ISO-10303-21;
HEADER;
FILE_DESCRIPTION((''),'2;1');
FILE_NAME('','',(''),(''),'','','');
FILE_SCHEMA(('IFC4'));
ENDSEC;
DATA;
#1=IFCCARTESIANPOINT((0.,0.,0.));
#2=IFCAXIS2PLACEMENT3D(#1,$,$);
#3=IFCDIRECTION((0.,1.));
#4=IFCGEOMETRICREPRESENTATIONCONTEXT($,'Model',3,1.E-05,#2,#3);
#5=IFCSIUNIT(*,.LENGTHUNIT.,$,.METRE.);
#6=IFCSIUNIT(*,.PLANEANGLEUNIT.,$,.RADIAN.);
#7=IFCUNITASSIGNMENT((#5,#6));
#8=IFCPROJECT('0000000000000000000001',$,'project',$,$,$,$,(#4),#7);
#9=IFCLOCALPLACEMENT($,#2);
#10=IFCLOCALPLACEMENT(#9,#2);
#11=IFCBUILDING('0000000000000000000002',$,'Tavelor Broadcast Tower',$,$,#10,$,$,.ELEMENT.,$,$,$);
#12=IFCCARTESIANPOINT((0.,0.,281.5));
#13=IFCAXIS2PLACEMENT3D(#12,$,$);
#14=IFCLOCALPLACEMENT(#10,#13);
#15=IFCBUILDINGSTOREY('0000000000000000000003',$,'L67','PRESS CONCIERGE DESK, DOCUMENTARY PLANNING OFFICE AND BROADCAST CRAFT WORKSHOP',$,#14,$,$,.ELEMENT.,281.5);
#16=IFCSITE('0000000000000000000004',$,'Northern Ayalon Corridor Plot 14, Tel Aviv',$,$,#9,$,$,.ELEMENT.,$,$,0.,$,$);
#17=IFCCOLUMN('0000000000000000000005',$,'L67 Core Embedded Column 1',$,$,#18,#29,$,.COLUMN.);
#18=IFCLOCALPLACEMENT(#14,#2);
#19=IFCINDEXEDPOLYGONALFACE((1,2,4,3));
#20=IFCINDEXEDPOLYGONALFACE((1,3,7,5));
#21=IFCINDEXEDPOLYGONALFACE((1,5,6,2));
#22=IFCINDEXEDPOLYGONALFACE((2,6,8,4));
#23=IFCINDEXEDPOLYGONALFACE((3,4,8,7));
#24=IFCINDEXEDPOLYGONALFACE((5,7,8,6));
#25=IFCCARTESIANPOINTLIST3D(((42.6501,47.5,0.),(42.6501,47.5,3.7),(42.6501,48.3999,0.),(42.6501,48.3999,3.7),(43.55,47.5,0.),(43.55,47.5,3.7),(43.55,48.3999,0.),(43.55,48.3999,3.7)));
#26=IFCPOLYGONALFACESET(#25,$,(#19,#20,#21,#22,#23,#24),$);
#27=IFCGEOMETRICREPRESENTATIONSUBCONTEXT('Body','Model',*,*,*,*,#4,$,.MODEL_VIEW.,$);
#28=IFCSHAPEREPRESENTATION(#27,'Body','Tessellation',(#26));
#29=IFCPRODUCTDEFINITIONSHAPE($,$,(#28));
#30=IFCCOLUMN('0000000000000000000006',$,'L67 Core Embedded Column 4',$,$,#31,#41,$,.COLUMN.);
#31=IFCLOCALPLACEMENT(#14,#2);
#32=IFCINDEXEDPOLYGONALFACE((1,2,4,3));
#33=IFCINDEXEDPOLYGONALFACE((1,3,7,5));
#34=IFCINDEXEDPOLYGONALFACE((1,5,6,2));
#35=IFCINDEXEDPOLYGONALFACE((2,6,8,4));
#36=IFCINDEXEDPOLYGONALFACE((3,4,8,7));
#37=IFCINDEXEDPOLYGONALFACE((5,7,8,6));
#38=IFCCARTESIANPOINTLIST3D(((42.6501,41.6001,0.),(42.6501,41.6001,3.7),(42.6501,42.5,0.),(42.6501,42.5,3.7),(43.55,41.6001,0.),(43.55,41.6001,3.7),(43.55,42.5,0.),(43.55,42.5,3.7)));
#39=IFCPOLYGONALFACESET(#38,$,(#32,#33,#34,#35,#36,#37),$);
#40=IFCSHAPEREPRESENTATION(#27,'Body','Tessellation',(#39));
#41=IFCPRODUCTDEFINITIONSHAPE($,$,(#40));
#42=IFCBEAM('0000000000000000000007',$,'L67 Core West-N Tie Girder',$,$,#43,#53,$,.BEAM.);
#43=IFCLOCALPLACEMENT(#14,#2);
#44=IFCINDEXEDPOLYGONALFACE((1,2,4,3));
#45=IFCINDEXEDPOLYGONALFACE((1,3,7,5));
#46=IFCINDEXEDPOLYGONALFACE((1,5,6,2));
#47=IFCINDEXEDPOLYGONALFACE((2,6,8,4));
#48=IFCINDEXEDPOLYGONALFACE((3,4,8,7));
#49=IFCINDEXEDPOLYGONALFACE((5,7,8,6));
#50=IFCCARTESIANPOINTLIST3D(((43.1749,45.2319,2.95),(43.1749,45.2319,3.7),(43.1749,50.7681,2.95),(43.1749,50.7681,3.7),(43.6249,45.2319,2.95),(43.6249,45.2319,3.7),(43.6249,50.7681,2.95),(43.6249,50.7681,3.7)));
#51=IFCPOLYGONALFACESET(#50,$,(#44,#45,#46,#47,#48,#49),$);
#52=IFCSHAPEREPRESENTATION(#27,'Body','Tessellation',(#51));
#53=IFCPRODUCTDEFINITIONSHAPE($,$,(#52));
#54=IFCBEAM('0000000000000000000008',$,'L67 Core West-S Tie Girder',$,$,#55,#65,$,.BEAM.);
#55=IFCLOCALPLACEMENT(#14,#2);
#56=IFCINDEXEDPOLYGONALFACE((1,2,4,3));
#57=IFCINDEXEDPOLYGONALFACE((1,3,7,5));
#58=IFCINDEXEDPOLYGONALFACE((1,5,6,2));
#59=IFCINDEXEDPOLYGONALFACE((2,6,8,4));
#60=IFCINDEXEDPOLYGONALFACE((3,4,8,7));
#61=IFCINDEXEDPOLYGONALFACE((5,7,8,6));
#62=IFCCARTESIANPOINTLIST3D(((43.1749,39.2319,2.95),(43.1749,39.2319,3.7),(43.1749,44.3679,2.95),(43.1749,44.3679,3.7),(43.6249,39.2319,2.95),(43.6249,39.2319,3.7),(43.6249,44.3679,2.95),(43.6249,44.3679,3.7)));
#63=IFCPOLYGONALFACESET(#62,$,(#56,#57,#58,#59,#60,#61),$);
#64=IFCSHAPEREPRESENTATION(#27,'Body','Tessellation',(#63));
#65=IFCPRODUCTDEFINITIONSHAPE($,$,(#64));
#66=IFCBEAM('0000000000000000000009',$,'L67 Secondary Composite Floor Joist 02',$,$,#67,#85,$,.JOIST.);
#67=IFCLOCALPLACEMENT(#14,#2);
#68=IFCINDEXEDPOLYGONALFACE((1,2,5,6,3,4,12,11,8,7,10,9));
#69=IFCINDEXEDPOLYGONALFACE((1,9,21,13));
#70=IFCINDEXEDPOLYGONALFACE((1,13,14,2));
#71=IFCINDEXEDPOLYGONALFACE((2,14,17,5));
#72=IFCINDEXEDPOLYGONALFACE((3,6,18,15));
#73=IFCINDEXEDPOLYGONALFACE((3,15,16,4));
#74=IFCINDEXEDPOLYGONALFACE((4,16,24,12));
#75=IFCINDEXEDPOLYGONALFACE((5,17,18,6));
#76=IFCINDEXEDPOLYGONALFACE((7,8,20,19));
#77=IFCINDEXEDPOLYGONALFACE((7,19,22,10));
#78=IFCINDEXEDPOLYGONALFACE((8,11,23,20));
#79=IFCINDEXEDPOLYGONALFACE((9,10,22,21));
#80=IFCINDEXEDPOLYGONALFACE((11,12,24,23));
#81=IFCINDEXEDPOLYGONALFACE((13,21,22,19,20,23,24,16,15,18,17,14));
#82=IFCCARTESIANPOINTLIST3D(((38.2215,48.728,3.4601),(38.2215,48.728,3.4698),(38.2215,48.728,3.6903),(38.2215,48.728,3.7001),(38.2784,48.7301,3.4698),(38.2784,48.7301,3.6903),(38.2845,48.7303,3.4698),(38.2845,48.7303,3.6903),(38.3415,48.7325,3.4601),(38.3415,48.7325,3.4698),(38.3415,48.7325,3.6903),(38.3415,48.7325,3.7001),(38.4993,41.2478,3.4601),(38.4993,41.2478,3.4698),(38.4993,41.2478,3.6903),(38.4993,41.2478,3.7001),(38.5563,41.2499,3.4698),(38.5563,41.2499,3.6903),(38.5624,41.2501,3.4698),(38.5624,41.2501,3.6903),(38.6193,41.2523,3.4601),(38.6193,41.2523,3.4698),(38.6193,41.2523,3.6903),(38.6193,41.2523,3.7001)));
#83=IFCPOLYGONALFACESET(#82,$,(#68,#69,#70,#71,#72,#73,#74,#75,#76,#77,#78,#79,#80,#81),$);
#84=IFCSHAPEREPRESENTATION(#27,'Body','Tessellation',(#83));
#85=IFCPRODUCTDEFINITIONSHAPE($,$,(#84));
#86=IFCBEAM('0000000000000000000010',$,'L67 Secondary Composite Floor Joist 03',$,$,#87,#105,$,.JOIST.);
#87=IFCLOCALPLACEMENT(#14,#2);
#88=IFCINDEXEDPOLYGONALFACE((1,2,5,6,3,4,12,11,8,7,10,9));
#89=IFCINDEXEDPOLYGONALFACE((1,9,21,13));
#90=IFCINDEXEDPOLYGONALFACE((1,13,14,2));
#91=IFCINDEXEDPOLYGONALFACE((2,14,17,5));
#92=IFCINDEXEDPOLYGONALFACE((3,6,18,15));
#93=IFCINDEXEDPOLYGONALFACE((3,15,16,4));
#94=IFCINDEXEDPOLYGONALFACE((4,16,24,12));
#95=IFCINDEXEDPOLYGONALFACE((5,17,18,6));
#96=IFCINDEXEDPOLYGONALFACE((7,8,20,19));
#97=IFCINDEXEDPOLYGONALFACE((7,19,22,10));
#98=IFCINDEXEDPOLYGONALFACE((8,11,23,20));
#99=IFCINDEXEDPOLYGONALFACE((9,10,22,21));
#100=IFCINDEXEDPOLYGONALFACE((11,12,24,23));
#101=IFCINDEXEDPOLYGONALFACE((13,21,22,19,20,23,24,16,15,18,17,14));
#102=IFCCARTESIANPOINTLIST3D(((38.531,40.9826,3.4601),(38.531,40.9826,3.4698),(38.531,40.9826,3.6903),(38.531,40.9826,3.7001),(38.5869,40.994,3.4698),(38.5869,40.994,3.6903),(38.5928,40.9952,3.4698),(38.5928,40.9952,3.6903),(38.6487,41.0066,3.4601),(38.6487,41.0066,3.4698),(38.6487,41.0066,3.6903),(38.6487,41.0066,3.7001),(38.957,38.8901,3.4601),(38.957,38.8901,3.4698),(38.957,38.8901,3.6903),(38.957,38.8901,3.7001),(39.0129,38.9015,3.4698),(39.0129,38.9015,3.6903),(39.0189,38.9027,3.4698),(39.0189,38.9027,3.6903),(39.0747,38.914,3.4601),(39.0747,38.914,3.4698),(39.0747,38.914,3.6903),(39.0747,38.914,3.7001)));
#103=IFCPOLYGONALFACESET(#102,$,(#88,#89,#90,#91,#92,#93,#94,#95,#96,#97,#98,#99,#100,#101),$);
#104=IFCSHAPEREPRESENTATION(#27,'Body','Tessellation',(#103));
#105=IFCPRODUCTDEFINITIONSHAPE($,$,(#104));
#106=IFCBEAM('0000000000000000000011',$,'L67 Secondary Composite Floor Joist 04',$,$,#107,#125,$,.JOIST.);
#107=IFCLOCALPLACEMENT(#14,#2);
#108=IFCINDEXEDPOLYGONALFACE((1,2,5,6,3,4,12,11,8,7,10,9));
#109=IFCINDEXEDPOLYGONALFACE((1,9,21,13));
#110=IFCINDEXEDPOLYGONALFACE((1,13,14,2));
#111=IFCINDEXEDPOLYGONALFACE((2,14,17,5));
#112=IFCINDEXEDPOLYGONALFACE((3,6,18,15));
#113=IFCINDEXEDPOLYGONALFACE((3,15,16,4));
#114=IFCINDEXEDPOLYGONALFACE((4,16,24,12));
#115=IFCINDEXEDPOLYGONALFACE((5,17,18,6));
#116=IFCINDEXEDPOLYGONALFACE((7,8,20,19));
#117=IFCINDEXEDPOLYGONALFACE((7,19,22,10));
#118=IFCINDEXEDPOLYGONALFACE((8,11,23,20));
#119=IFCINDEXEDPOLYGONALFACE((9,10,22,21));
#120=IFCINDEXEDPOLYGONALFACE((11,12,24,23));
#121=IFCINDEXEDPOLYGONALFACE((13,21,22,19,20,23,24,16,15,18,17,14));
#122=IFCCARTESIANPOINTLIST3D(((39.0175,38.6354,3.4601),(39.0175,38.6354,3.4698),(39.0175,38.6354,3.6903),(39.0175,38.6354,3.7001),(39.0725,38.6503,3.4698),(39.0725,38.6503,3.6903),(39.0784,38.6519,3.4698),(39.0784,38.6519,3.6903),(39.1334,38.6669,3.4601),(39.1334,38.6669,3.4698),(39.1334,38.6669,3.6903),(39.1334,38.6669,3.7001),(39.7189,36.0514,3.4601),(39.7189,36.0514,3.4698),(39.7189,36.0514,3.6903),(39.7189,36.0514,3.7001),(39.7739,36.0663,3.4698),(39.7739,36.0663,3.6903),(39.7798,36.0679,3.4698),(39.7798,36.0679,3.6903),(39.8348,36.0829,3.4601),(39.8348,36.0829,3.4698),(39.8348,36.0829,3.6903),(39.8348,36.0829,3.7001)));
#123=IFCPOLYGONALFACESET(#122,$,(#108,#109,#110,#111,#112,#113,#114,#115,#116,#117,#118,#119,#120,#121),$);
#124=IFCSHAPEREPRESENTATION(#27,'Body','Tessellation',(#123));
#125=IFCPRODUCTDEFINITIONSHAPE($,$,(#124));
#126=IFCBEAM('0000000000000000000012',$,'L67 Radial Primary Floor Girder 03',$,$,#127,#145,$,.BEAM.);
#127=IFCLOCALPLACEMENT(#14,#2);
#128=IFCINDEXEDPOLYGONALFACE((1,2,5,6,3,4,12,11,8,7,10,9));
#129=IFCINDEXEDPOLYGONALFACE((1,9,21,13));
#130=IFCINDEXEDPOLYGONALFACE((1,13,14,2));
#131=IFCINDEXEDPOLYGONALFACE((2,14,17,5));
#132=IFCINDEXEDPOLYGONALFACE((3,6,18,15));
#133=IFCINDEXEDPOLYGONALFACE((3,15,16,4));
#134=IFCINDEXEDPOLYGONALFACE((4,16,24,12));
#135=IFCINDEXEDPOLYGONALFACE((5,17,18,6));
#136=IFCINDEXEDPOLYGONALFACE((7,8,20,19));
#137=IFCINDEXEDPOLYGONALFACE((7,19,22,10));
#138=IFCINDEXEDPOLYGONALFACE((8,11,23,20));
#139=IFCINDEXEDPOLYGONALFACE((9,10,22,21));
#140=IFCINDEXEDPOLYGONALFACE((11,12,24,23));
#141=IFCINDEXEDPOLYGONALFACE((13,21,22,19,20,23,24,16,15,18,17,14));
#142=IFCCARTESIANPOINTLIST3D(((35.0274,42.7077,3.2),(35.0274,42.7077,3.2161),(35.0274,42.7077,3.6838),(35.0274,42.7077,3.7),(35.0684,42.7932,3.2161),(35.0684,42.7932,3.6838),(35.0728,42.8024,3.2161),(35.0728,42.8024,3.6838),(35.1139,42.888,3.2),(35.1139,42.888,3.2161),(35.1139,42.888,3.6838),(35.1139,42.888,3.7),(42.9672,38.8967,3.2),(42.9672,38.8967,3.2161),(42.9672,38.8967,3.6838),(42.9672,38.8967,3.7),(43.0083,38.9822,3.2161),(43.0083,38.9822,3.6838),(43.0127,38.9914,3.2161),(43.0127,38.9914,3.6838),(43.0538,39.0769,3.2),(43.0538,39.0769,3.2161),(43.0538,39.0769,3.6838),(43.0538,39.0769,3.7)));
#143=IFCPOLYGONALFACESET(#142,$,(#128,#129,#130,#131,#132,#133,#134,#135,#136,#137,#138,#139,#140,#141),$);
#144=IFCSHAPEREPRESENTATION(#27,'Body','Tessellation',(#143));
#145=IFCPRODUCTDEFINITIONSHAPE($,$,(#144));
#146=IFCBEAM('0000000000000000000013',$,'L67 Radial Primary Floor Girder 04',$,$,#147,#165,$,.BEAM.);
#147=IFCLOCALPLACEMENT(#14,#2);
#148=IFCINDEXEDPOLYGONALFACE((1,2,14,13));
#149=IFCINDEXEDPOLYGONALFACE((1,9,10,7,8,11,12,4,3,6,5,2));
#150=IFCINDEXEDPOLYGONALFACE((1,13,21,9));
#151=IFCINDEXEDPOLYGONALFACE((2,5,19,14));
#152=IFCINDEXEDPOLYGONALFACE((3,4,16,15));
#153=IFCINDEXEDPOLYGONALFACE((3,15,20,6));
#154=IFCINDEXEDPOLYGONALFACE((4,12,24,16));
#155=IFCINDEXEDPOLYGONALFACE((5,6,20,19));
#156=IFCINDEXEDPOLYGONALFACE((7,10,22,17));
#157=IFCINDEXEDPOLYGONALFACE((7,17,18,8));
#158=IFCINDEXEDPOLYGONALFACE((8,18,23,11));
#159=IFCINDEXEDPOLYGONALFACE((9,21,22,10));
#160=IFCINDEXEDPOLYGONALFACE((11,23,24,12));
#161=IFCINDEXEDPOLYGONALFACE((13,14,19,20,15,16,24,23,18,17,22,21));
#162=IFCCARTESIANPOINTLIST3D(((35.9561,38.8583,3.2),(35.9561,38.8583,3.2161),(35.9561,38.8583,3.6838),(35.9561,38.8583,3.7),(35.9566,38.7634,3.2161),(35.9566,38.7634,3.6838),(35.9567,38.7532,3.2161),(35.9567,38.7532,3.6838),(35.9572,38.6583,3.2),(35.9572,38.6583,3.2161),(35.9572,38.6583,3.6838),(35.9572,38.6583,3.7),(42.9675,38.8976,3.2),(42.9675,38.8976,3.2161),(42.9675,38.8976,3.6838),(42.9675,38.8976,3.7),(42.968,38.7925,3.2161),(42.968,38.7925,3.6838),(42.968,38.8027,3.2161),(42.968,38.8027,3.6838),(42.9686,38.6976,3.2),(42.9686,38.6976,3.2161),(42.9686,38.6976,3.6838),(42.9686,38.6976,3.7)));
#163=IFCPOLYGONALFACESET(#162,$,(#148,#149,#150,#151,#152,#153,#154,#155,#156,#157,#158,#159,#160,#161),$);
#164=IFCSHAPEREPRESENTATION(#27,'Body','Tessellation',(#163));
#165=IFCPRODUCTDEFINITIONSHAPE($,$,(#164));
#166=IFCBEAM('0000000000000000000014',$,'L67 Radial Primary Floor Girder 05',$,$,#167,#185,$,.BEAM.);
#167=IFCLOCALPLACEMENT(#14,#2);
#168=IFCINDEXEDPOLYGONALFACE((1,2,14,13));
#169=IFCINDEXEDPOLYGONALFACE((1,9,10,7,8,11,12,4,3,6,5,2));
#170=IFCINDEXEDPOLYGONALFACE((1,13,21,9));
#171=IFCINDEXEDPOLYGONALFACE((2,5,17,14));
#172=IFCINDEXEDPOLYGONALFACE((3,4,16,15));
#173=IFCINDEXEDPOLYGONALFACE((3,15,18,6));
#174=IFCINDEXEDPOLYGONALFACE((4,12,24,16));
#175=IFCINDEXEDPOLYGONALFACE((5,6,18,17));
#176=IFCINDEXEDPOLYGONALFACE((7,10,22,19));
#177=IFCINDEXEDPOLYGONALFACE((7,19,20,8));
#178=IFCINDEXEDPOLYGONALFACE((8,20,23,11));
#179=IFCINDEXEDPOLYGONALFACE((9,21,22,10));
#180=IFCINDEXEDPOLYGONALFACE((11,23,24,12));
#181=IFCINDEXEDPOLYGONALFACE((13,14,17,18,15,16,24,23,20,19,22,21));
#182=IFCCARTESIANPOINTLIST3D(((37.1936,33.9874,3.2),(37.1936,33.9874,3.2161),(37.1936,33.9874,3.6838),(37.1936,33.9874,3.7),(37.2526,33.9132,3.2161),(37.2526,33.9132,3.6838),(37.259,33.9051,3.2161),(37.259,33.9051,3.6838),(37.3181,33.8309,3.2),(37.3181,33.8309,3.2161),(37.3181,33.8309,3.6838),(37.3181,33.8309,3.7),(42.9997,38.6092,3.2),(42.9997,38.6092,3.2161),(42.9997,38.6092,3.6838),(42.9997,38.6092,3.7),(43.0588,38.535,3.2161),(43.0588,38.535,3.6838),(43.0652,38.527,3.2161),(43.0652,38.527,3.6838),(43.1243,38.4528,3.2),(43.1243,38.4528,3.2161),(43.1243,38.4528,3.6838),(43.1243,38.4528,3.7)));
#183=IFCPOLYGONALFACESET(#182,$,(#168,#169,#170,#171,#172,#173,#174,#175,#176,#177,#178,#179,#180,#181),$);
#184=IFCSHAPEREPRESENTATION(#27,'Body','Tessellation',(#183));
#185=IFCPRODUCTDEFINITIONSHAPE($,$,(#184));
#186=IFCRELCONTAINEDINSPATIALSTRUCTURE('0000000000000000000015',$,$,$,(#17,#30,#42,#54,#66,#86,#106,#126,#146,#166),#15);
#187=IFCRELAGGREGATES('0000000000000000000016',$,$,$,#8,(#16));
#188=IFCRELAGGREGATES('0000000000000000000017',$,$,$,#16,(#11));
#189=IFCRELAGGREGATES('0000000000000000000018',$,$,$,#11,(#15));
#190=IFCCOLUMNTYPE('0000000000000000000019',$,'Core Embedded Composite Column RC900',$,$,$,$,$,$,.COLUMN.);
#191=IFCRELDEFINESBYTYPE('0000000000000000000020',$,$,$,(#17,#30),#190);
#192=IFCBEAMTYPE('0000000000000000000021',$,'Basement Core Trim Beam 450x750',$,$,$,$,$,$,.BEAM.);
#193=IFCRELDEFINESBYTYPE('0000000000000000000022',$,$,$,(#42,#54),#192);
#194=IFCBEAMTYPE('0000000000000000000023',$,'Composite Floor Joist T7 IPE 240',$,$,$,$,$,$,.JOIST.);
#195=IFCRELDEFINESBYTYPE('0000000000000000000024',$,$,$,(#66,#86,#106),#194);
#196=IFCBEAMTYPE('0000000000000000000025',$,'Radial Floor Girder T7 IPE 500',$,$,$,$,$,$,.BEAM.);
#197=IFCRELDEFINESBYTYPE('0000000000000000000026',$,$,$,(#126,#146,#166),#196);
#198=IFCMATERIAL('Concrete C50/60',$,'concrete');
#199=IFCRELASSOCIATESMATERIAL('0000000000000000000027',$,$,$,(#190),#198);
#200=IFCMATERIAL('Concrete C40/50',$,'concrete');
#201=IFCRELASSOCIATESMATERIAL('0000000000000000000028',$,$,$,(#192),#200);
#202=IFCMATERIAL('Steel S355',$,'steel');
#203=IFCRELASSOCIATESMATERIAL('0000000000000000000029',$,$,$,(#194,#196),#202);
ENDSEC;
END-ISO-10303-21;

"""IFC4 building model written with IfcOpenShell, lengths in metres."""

from ifc_helpers import new_model, si_unit, direction, frame, origin, origin_2d, place, context, subcontext, project, spatial, rectangle, i_section, extrude, material, material_profile, profile_set, type_object, element, save


model = new_model("IFC4")

# Units and contexts
model_context = context("Model", 3, precision=1e-05, world=origin(), true_north=direction((0.0, 1.0)))
body_context = subcontext(model_context, "Body", "Model", "MODEL_VIEW")
ifc_project = project(units=[si_unit("LENGTHUNIT", "METRE"), si_unit("PLANEANGLEUNIT", "RADIAN")], contexts=[model_context])

# Site, building, storey
site_placement = place(None, origin())
site = spatial("IfcSite", under=ifc_project, at=site_placement, Name="Northern Ayalon Corridor Plot 14, Tel Aviv", CompositionType="ELEMENT", RefElevation=0.0)
building_placement = place(site_placement, origin())
building = spatial("IfcBuilding", under=site, at=building_placement, Name="Tavelor Broadcast Tower", CompositionType="ELEMENT")
storey_placement = place(building_placement, frame((0.0, 0.0, 281.5)))
storey = spatial("IfcBuildingStorey", under=building, at=storey_placement, Name="L67", Description="PRESS CONCIERGE DESK, DOCUMENTARY PLANNING OFFICE AND BROADCAST CRAFT WORKSHOP", CompositionType="ELEMENT", Elevation=281.5)

# Columns
ifc_material_1 = material(Name="Concrete C50/60", Category="concrete")
ifc_material_profile_1 = material_profile(ifc_material_1, rectangle(XDim=0.8999, YDim=0.8999, at=origin_2d()), Name="RC 900x900")
ifc_profile_set_1 = profile_set([ifc_material_profile_1], Name="Concrete C50/60")
column_type = type_object("IfcColumnType", Name="Core Embedded Composite Column RC900", PredefinedType="COLUMN", material=ifc_profile_set_1)
for number, where, z_axis, x_axis, name in (
    (1, (43.1001, 47.95, 0.0), (0.0, 0.0, 1.0), (1.0, 0.0, 0.0), "L67 Core Embedded Column 1"),
    (2, (43.1001, 42.05, 0.0), (0.0, 0.0, 1.0), (1.0, 0.0, 0.0), "L67 Core Embedded Column 4"),
):
    element("IfcColumn", number, at=place(storey_placement, frame(where, z_axis=z_axis, x_axis=x_axis)), inside=storey, type_object=column_type, Name=name, PredefinedType="COLUMN", context=body_context, shape_type="SweptSolid", body=[
        extrude(rectangle(XDim=0.8999, YDim=0.8999, at=origin_2d()), origin(), (0.0, 0.0, 1.0), 3.7),
    ])

# Beams
ifc_material_2 = material(Name="Concrete C40/50", Category="concrete")
ifc_material_profile_2 = material_profile(ifc_material_2, rectangle(XDim=0.45, YDim=0.75, at=origin_2d()), Name="RC 450x750")
ifc_profile_set_2 = profile_set([ifc_material_profile_2], Name="Concrete C40/50")
beam_type_1 = type_object("IfcBeamType", Name="Basement Core Trim Beam 450x750", PredefinedType="BEAM", material=ifc_profile_set_2)
beam_1_placement = place(storey_placement, frame((43.3999, 45.2319, 3.325), z_axis=(0.0, 1.0, 0.0), x_axis=(-1.0, 0.0, 0.0)))
element("IfcBeam", 3, at=beam_1_placement, inside=storey, type_object=beam_type_1, Name="L67 Core West-N Tie Girder", PredefinedType="BEAM", context=body_context, shape_type="SweptSolid", body=[
    extrude(rectangle(XDim=0.45, YDim=0.75, at=origin_2d()), origin(), (0.0, 0.0, 1.0), 5.5361),
])
beam_2_placement = place(storey_placement, frame((43.3999, 39.2319, 3.325), z_axis=(0.0, 1.0, 0.0), x_axis=(-1.0, 0.0, 0.0)))
element("IfcBeam", 4, at=beam_2_placement, inside=storey, type_object=beam_type_1, Name="L67 Core West-S Tie Girder", PredefinedType="BEAM", context=body_context, shape_type="SweptSolid", body=[
    extrude(rectangle(XDim=0.45, YDim=0.75, at=origin_2d()), origin(), (0.0, 0.0, 1.0), 5.136),
])
ifc_material_3 = material(Name="Steel S355", Category="steel")
ifc_material_profile_3 = material_profile(ifc_material_3, i_section(OverallWidth=0.1201, OverallDepth=0.24, WebThickness=0.0061, FlangeThickness=0.0098, at=origin_2d()), Name="IPE 240")
ifc_profile_set_3 = profile_set([ifc_material_profile_3], Name="Steel S355")
beam_type_2 = type_object("IfcBeamType", Name="Composite Floor Joist T7 IPE 240", PredefinedType="JOIST", material=ifc_profile_set_3)
beam_3_placement = place(storey_placement, frame((38.2815, 48.7302, 3.5801), z_axis=(0.037117, -0.999311, 0.0), x_axis=(0.999311, 0.037117, 0.0)))
element("IfcBeam", 5, at=beam_3_placement, inside=storey, type_object=beam_type_2, Name="L67 Secondary Composite Floor Joist 02", PredefinedType="JOIST", context=body_context, shape_type="SweptSolid", body=[
    extrude(i_section(OverallWidth=0.1201, OverallDepth=0.24, WebThickness=0.0061, FlangeThickness=0.0098, at=origin_2d()), origin(), (0.0, 0.0, 1.0), 7.4854),
])
beam_4_placement = place(storey_placement, frame((38.5898, 40.9946, 3.5801), z_axis=(0.199501, -0.979898, 0.0), x_axis=(0.979898, 0.199501, 0.0)))
element("IfcBeam", 6, at=beam_4_placement, inside=storey, type_object=beam_type_2, Name="L67 Secondary Composite Floor Joist 03", PredefinedType="JOIST", context=body_context, shape_type="SweptSolid", body=[
    extrude(i_section(OverallWidth=0.1201, OverallDepth=0.24, WebThickness=0.0061, FlangeThickness=0.0098, at=origin_2d()), origin(), (0.0, 0.0, 1.0), 2.1355),
])
beam_5_placement = place(storey_placement, frame((39.0754, 38.6511, 3.5801), z_axis=(0.261968, -0.965077, 0.0), x_axis=(0.965077, 0.261968, 0.0)))
element("IfcBeam", 7, at=beam_5_placement, inside=storey, type_object=beam_type_2, Name="L67 Secondary Composite Floor Joist 04", PredefinedType="JOIST", context=body_context, shape_type="SweptSolid", body=[
    extrude(i_section(OverallWidth=0.1201, OverallDepth=0.24, WebThickness=0.0061, FlangeThickness=0.0098, at=origin_2d()), origin(), (0.0, 0.0, 1.0), 2.6775),
])
ifc_material_profile_4 = material_profile(ifc_material_3, i_section(OverallWidth=0.2, OverallDepth=0.5, WebThickness=0.0103, FlangeThickness=0.0161, at=origin_2d()), Name="IPE 500")
ifc_profile_set_4 = profile_set([ifc_material_profile_4], Name="Steel S355")
beam_type_3 = type_object("IfcBeamType", Name="Radial Floor Girder T7 IPE 500", PredefinedType="BEAM", material=ifc_profile_set_4)
beam_6_placement = place(storey_placement, frame((43.0105, 38.9868, 3.45), z_axis=(-0.901529, 0.432718, 0.0), x_axis=(-0.432718, -0.901529, 0.0)))
element("IfcBeam", 8, at=beam_6_placement, inside=storey, type_object=beam_type_3, Name="L67 Radial Primary Floor Girder 03", PredefinedType="BEAM", context=body_context, shape_type="SweptSolid", body=[
    extrude(i_section(OverallWidth=0.2, OverallDepth=0.5, WebThickness=0.0103, FlangeThickness=0.0161, at=origin_2d()), origin(), (0.0, 0.0, 1.0), 8.8071),
])
beam_7_placement = place(storey_placement, frame((42.968, 38.7976, 3.45), z_axis=(-0.999984, -0.005606, 0.0), x_axis=(0.005606, -0.999984, 0.0)))
element("IfcBeam", 9, at=beam_7_placement, inside=storey, type_object=beam_type_3, Name="L67 Radial Primary Floor Girder 04", PredefinedType="BEAM", context=body_context, shape_type="SweptSolid", body=[
    extrude(i_section(OverallWidth=0.2, OverallDepth=0.5, WebThickness=0.0103, FlangeThickness=0.0161, at=origin_2d()), origin(), (0.0, 0.0, 1.0), 7.0115),
])
beam_8_placement = place(storey_placement, frame((43.062, 38.531, 3.45), z_axis=(-0.782385, -0.622796, 0.0), x_axis=(0.622796, -0.782385, 0.0)))
element("IfcBeam", 10, at=beam_8_placement, inside=storey, type_object=beam_type_3, Name="L67 Radial Primary Floor Girder 05", PredefinedType="BEAM", context=body_context, shape_type="SweptSolid", body=[
    extrude(i_section(OverallWidth=0.2, OverallDepth=0.5, WebThickness=0.0103, FlangeThickness=0.0161, at=origin_2d()), origin(), (0.0, 0.0, 1.0), 7.4211),
])

save(model, "model.ifc")
